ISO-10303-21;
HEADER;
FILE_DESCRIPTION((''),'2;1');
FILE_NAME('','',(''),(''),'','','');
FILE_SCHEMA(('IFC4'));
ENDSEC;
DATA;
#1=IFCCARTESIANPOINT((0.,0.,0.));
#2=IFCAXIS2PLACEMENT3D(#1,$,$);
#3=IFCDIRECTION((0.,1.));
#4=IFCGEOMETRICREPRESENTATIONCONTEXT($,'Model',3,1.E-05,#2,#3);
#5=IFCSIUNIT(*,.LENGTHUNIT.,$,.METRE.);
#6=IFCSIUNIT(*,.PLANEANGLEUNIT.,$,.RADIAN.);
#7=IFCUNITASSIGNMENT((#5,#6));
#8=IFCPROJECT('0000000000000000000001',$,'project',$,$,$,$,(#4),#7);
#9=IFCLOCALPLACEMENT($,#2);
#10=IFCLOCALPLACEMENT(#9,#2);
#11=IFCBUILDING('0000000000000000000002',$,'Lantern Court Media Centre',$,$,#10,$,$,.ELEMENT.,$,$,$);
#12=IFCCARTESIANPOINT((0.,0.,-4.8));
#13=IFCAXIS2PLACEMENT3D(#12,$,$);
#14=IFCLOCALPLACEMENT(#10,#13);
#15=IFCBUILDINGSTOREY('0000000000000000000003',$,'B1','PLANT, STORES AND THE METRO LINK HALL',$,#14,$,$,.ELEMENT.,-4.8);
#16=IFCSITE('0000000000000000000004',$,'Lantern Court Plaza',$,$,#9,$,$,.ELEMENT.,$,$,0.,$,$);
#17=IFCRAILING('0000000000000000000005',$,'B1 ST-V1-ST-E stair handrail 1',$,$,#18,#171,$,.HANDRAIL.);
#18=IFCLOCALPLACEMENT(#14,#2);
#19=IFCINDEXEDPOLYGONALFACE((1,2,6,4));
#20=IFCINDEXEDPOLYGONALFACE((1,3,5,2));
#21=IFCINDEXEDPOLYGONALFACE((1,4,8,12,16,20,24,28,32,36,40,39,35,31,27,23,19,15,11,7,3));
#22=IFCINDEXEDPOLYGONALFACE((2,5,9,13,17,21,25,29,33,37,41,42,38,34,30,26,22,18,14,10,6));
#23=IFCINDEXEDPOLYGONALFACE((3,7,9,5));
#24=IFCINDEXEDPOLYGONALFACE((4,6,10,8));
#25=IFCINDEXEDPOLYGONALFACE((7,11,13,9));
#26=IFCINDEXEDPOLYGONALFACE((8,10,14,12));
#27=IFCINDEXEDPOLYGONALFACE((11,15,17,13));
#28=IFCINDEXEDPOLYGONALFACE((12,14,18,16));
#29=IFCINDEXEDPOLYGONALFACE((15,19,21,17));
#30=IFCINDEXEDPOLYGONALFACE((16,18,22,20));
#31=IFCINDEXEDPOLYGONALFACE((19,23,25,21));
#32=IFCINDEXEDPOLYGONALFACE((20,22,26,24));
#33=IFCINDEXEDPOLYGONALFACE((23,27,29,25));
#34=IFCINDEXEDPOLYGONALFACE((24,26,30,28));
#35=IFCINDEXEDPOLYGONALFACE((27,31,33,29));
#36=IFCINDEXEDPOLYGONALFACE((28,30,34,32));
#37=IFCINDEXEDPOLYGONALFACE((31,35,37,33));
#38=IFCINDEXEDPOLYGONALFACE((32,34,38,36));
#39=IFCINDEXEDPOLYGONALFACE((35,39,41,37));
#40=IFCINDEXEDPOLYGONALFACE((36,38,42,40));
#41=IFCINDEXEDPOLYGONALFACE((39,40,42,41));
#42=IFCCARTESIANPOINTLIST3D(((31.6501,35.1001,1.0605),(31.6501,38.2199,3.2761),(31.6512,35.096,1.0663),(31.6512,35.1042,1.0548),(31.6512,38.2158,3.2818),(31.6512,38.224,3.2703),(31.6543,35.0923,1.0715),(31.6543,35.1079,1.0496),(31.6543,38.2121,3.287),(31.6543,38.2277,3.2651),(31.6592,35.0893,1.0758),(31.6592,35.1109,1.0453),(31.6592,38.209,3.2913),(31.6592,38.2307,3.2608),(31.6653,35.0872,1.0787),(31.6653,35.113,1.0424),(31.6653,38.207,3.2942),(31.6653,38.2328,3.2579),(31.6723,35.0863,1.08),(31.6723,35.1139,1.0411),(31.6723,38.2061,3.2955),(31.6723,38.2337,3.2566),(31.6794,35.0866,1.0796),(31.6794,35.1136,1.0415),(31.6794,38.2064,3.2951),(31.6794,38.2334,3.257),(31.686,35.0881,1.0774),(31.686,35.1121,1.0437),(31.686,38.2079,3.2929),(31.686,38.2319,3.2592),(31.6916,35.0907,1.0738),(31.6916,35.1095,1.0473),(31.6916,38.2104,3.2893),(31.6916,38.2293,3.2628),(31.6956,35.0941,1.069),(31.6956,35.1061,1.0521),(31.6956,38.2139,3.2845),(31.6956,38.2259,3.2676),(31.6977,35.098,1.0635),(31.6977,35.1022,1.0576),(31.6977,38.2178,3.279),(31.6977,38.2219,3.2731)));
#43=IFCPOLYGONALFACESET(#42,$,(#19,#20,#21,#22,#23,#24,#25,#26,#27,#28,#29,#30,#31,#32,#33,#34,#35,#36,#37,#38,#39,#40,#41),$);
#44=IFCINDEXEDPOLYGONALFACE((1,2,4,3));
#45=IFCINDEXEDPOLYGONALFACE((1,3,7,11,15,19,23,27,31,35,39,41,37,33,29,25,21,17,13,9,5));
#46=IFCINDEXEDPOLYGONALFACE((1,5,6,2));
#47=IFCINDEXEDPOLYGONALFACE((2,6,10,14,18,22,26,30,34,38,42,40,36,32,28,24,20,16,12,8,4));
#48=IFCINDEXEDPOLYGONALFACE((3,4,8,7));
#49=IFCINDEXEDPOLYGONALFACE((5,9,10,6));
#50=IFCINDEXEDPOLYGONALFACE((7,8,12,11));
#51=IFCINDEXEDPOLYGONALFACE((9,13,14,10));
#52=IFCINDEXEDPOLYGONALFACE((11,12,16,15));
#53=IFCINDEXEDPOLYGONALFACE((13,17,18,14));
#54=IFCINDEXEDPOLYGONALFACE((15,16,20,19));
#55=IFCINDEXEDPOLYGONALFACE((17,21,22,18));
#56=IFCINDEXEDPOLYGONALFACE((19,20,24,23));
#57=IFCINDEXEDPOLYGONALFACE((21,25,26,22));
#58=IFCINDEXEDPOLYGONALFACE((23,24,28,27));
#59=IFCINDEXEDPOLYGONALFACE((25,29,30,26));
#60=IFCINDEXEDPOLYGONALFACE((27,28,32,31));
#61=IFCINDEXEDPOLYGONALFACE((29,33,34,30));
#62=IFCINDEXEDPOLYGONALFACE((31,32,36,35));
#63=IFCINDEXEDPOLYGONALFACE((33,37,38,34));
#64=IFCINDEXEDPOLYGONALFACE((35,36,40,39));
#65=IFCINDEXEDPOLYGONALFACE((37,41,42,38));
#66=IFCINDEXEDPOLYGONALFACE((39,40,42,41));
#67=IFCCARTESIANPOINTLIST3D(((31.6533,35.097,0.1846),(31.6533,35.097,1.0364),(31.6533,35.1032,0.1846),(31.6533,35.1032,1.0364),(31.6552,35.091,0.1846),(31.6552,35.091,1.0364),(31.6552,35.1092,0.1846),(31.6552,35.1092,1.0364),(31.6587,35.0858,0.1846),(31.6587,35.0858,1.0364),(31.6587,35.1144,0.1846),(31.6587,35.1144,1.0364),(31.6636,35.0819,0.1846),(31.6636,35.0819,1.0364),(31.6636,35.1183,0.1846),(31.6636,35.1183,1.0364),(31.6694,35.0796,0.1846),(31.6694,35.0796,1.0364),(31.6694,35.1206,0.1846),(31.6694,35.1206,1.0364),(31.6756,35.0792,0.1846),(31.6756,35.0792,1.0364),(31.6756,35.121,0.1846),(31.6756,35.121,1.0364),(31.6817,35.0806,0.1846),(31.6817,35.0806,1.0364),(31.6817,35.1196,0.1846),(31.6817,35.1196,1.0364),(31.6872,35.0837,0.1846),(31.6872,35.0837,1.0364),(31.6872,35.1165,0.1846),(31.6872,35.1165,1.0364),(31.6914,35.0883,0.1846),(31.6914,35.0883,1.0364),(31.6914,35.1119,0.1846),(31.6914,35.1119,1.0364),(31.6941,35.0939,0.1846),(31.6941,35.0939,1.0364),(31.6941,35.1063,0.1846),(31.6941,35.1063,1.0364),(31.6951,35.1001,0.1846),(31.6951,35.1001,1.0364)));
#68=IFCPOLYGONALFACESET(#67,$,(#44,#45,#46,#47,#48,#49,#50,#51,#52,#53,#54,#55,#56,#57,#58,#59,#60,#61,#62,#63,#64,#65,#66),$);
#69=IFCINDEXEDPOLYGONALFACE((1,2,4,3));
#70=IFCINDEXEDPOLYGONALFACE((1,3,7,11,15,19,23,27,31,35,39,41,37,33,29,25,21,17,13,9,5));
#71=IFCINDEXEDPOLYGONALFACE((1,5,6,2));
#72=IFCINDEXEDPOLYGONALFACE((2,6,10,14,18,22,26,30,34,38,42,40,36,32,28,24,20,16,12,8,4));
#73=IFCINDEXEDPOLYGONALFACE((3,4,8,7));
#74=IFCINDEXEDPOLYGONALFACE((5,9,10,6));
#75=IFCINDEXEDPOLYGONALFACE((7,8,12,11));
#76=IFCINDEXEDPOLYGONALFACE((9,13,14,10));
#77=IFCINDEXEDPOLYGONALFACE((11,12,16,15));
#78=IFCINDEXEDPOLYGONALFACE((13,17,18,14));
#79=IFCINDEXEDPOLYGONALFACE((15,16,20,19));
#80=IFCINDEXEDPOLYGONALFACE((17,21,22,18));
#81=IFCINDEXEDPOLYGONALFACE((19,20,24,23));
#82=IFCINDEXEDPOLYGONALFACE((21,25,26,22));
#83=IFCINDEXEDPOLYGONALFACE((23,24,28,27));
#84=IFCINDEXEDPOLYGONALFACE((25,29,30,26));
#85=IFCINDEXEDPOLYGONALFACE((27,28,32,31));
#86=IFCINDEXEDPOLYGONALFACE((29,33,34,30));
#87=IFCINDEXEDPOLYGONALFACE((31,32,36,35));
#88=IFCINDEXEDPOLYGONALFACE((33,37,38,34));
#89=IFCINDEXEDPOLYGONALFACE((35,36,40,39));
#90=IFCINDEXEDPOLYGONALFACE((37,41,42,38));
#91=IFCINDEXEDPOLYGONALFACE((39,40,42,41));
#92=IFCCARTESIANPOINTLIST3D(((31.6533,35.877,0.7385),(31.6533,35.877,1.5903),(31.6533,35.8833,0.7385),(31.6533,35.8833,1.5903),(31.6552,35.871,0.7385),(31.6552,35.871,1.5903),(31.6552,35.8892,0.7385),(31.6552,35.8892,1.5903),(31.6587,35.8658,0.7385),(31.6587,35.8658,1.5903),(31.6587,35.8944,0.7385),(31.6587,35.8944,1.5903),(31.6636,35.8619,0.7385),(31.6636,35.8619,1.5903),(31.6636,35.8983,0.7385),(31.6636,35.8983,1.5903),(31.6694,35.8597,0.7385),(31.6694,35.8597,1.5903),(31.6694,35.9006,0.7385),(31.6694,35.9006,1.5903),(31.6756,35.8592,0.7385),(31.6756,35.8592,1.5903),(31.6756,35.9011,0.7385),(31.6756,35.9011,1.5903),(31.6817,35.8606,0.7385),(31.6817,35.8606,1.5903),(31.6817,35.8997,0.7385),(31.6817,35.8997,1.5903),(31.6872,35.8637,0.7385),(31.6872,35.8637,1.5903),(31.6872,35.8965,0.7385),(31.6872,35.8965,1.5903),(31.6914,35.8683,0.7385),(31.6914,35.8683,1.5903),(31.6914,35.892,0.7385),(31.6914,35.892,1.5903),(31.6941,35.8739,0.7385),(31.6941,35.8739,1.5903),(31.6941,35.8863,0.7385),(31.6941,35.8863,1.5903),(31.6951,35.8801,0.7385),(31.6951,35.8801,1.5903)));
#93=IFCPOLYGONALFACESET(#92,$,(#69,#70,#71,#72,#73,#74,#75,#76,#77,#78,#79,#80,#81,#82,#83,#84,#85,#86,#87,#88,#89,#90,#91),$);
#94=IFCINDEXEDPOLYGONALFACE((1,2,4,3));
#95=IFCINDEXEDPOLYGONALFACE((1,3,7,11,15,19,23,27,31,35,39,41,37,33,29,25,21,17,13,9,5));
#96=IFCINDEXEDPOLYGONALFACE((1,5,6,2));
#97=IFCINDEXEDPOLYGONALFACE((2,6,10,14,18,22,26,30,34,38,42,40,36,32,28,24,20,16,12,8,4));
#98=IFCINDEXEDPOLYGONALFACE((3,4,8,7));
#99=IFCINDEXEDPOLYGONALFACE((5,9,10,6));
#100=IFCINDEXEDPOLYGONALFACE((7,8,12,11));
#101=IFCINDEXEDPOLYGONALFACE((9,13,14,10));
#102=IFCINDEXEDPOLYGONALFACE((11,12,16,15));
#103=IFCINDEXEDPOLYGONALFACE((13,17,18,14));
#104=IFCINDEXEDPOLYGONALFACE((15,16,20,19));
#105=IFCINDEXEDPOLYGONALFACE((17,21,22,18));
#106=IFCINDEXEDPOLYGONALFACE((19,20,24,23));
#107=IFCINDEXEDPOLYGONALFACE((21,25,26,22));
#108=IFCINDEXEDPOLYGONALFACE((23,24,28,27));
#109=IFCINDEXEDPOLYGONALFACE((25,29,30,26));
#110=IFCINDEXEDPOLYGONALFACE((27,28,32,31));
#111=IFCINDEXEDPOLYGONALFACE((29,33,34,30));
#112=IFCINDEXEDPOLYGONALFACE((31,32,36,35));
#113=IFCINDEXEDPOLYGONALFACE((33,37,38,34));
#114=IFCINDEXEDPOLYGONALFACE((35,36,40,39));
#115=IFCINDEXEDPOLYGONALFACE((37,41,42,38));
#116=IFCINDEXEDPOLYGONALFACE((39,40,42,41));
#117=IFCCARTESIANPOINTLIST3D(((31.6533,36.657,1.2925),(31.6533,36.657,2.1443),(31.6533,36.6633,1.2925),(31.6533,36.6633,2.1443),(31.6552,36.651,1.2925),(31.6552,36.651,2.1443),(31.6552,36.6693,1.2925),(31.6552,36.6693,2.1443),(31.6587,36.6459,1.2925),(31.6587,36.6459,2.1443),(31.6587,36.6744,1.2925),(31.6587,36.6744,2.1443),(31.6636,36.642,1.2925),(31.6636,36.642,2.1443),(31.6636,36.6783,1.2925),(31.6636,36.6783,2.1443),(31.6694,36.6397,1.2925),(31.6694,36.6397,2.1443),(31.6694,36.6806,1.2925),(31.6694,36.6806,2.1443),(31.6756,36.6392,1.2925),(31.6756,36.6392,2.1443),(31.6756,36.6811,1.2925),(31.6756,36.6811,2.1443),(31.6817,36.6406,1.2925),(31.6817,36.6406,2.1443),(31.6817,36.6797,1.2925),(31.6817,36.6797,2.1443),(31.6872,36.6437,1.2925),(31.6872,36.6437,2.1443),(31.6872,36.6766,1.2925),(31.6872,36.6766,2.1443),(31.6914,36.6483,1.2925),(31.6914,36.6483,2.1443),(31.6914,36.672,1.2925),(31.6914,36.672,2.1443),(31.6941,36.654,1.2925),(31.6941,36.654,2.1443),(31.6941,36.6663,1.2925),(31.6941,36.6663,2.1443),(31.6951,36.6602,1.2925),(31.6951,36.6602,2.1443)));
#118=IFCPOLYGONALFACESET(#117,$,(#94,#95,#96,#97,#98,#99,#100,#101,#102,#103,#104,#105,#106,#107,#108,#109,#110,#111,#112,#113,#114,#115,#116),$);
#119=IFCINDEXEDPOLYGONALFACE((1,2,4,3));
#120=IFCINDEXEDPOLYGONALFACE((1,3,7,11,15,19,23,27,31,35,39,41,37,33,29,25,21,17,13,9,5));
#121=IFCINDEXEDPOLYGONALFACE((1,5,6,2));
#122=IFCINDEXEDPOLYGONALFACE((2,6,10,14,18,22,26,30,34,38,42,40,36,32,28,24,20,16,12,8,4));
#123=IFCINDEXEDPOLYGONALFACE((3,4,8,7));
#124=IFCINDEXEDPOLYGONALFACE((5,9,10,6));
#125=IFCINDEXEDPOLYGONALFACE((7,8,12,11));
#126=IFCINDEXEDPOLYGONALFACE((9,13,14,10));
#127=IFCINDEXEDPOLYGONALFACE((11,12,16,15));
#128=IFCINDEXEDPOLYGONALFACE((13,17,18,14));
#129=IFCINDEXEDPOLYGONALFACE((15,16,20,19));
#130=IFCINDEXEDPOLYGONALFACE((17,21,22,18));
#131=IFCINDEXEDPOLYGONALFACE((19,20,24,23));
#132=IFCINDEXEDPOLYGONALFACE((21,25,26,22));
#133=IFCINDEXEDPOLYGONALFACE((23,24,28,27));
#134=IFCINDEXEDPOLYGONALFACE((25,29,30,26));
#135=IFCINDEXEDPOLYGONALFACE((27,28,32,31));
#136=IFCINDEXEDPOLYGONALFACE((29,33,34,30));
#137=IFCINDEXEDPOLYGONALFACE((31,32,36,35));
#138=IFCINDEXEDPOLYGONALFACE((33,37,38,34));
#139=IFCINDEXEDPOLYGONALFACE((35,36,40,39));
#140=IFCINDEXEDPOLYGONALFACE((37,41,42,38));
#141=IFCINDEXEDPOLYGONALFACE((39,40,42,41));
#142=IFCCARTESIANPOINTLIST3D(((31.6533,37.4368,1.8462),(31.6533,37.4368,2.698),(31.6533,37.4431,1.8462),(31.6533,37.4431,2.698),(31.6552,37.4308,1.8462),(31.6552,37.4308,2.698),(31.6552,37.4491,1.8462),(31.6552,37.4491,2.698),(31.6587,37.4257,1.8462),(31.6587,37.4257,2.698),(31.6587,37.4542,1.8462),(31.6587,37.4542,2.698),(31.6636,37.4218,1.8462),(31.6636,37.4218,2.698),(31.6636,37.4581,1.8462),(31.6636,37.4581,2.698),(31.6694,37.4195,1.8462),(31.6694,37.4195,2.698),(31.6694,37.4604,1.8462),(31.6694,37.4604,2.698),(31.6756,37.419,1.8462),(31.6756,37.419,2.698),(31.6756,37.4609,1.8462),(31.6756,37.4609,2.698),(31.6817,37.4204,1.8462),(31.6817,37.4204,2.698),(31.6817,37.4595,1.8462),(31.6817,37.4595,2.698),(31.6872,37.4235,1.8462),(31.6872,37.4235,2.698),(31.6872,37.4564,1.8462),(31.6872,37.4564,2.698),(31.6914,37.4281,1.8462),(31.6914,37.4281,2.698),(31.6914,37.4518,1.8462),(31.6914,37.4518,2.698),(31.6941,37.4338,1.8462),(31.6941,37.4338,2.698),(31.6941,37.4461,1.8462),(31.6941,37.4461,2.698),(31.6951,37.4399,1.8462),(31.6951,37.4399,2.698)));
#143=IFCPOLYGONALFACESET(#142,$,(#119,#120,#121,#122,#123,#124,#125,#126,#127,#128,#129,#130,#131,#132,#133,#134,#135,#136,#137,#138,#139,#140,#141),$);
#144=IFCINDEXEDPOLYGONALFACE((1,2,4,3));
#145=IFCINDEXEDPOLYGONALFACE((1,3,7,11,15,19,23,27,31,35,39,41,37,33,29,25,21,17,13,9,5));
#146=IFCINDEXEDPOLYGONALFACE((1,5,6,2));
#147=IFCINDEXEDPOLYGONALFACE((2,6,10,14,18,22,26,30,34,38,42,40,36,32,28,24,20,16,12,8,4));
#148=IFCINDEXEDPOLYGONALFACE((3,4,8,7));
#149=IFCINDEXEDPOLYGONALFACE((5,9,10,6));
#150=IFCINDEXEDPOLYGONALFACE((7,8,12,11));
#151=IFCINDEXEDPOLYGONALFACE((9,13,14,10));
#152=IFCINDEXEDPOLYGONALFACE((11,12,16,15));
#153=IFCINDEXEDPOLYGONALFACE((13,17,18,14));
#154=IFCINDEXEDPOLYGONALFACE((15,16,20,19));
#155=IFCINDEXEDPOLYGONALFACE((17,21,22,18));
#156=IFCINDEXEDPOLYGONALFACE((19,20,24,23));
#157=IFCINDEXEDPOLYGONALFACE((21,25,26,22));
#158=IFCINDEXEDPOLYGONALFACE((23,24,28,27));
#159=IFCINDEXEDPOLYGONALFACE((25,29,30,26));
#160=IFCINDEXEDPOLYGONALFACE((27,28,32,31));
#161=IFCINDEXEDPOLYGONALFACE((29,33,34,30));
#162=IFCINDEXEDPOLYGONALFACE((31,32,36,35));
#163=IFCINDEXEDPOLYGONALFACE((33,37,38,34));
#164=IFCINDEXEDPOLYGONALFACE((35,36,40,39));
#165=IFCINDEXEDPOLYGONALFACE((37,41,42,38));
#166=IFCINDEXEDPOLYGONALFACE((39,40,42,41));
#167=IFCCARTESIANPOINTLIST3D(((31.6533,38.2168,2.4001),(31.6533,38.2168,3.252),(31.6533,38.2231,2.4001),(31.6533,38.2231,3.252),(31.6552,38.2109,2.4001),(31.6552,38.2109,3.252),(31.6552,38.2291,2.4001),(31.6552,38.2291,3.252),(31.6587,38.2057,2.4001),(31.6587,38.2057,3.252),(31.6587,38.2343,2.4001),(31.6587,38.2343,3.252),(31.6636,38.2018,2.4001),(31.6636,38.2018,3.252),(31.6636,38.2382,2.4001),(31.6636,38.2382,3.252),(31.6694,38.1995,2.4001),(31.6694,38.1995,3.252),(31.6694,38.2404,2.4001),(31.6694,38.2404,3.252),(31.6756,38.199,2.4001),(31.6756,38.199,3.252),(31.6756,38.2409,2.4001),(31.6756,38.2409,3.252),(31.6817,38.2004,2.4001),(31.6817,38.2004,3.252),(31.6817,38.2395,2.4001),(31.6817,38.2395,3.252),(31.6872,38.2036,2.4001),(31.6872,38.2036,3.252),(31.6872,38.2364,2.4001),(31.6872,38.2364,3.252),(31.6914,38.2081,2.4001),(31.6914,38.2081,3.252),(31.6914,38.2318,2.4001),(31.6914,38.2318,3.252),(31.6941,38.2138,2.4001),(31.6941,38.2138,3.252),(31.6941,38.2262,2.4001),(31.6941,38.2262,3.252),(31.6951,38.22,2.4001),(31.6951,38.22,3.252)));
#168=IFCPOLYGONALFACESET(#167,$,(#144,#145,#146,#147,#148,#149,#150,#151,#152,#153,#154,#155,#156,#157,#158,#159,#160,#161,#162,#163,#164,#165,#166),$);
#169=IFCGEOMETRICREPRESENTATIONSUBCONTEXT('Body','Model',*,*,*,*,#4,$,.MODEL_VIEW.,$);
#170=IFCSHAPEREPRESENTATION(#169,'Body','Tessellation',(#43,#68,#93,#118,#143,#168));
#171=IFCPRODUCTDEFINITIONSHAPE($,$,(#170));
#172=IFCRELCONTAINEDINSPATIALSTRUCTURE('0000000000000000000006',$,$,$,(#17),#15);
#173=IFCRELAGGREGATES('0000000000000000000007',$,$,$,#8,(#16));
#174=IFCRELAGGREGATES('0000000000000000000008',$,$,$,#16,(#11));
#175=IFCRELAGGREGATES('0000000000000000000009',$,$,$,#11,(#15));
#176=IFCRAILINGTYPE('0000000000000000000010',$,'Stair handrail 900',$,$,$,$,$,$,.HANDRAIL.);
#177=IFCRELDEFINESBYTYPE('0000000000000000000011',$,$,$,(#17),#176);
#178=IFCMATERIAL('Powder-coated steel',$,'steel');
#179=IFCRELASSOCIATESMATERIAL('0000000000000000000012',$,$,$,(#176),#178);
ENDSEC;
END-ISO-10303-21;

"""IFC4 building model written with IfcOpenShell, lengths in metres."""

from ifc_helpers import new_model, si_unit, direction, frame, origin, origin_2d, place, context, subcontext, project, spatial, circle, extrude, material, type_object, element, save


model = new_model("IFC4")

# Units and contexts
model_context = context("Model", 3, precision=1e-05, world=origin(), true_north=direction((0.0, 1.0)))
body_context = subcontext(model_context, "Body", "Model", "MODEL_VIEW")
ifc_project = project(units=[si_unit("LENGTHUNIT", "METRE"), si_unit("PLANEANGLEUNIT", "RADIAN")], contexts=[model_context])

# Site, building, storey
site_placement = place(None, origin())
site = spatial("IfcSite", under=ifc_project, at=site_placement, Name="Lantern Court Plaza", CompositionType="ELEMENT", RefElevation=0.0)
building_placement = place(site_placement, origin())
building = spatial("IfcBuilding", under=site, at=building_placement, Name="Lantern Court Media Centre", CompositionType="ELEMENT")
storey_placement = place(building_placement, frame((0.0, 0.0, -4.8)))
storey = spatial("IfcBuildingStorey", under=building, at=storey_placement, Name="B1", Description="PLANT, STORES AND THE METRO LINK HALL", CompositionType="ELEMENT", Elevation=-4.8)

# Railing
ifc_material_1 = material(Name="Powder-coated steel", Category="steel")
railing_type_1 = type_object("IfcRailingType", Name="Stair handrail 900", PredefinedType="HANDRAIL", material=ifc_material_1)
railing_1_placement = place(storey_placement, frame((31.6741, 35.1001, 0.1846)))
element("IfcRailing", 1, at=railing_1_placement, inside=storey, type_object=railing_type_1, Name="B1 ST-V1-ST-E stair handrail 1", PredefinedType="HANDRAIL", context=body_context, shape_type="SweptSolid", body=[
    extrude(circle(Radius=0.0239, at=origin_2d()), frame((0.0, 0.0, 0.876), z_axis=(0.0, 0.815325, 0.579003), x_axis=(-1.0, 0.0, 0.0)), (0.0, 0.0, 1.0), 3.8264),
    extrude(circle(Radius=0.021, at=origin_2d()), origin(), (0.0, 0.0, 1.0), 0.8518),
    extrude(circle(Radius=0.021, at=origin_2d()), frame((0.0, 0.78, 0.554)), (0.0, 0.0, 1.0), 0.8518),
    extrude(circle(Radius=0.021, at=origin_2d()), frame((0.0, 1.5601, 1.1079)), (0.0, 0.0, 1.0), 0.8518),
    extrude(circle(Radius=0.021, at=origin_2d()), frame((0.0, 2.3398, 1.6616)), (0.0, 0.0, 1.0), 0.8518),
    extrude(circle(Radius=0.021, at=origin_2d()), frame((0.0, 3.1199, 2.2156)), (0.0, 0.0, 1.0), 0.8518),
])

save(model, "model.ifc")
